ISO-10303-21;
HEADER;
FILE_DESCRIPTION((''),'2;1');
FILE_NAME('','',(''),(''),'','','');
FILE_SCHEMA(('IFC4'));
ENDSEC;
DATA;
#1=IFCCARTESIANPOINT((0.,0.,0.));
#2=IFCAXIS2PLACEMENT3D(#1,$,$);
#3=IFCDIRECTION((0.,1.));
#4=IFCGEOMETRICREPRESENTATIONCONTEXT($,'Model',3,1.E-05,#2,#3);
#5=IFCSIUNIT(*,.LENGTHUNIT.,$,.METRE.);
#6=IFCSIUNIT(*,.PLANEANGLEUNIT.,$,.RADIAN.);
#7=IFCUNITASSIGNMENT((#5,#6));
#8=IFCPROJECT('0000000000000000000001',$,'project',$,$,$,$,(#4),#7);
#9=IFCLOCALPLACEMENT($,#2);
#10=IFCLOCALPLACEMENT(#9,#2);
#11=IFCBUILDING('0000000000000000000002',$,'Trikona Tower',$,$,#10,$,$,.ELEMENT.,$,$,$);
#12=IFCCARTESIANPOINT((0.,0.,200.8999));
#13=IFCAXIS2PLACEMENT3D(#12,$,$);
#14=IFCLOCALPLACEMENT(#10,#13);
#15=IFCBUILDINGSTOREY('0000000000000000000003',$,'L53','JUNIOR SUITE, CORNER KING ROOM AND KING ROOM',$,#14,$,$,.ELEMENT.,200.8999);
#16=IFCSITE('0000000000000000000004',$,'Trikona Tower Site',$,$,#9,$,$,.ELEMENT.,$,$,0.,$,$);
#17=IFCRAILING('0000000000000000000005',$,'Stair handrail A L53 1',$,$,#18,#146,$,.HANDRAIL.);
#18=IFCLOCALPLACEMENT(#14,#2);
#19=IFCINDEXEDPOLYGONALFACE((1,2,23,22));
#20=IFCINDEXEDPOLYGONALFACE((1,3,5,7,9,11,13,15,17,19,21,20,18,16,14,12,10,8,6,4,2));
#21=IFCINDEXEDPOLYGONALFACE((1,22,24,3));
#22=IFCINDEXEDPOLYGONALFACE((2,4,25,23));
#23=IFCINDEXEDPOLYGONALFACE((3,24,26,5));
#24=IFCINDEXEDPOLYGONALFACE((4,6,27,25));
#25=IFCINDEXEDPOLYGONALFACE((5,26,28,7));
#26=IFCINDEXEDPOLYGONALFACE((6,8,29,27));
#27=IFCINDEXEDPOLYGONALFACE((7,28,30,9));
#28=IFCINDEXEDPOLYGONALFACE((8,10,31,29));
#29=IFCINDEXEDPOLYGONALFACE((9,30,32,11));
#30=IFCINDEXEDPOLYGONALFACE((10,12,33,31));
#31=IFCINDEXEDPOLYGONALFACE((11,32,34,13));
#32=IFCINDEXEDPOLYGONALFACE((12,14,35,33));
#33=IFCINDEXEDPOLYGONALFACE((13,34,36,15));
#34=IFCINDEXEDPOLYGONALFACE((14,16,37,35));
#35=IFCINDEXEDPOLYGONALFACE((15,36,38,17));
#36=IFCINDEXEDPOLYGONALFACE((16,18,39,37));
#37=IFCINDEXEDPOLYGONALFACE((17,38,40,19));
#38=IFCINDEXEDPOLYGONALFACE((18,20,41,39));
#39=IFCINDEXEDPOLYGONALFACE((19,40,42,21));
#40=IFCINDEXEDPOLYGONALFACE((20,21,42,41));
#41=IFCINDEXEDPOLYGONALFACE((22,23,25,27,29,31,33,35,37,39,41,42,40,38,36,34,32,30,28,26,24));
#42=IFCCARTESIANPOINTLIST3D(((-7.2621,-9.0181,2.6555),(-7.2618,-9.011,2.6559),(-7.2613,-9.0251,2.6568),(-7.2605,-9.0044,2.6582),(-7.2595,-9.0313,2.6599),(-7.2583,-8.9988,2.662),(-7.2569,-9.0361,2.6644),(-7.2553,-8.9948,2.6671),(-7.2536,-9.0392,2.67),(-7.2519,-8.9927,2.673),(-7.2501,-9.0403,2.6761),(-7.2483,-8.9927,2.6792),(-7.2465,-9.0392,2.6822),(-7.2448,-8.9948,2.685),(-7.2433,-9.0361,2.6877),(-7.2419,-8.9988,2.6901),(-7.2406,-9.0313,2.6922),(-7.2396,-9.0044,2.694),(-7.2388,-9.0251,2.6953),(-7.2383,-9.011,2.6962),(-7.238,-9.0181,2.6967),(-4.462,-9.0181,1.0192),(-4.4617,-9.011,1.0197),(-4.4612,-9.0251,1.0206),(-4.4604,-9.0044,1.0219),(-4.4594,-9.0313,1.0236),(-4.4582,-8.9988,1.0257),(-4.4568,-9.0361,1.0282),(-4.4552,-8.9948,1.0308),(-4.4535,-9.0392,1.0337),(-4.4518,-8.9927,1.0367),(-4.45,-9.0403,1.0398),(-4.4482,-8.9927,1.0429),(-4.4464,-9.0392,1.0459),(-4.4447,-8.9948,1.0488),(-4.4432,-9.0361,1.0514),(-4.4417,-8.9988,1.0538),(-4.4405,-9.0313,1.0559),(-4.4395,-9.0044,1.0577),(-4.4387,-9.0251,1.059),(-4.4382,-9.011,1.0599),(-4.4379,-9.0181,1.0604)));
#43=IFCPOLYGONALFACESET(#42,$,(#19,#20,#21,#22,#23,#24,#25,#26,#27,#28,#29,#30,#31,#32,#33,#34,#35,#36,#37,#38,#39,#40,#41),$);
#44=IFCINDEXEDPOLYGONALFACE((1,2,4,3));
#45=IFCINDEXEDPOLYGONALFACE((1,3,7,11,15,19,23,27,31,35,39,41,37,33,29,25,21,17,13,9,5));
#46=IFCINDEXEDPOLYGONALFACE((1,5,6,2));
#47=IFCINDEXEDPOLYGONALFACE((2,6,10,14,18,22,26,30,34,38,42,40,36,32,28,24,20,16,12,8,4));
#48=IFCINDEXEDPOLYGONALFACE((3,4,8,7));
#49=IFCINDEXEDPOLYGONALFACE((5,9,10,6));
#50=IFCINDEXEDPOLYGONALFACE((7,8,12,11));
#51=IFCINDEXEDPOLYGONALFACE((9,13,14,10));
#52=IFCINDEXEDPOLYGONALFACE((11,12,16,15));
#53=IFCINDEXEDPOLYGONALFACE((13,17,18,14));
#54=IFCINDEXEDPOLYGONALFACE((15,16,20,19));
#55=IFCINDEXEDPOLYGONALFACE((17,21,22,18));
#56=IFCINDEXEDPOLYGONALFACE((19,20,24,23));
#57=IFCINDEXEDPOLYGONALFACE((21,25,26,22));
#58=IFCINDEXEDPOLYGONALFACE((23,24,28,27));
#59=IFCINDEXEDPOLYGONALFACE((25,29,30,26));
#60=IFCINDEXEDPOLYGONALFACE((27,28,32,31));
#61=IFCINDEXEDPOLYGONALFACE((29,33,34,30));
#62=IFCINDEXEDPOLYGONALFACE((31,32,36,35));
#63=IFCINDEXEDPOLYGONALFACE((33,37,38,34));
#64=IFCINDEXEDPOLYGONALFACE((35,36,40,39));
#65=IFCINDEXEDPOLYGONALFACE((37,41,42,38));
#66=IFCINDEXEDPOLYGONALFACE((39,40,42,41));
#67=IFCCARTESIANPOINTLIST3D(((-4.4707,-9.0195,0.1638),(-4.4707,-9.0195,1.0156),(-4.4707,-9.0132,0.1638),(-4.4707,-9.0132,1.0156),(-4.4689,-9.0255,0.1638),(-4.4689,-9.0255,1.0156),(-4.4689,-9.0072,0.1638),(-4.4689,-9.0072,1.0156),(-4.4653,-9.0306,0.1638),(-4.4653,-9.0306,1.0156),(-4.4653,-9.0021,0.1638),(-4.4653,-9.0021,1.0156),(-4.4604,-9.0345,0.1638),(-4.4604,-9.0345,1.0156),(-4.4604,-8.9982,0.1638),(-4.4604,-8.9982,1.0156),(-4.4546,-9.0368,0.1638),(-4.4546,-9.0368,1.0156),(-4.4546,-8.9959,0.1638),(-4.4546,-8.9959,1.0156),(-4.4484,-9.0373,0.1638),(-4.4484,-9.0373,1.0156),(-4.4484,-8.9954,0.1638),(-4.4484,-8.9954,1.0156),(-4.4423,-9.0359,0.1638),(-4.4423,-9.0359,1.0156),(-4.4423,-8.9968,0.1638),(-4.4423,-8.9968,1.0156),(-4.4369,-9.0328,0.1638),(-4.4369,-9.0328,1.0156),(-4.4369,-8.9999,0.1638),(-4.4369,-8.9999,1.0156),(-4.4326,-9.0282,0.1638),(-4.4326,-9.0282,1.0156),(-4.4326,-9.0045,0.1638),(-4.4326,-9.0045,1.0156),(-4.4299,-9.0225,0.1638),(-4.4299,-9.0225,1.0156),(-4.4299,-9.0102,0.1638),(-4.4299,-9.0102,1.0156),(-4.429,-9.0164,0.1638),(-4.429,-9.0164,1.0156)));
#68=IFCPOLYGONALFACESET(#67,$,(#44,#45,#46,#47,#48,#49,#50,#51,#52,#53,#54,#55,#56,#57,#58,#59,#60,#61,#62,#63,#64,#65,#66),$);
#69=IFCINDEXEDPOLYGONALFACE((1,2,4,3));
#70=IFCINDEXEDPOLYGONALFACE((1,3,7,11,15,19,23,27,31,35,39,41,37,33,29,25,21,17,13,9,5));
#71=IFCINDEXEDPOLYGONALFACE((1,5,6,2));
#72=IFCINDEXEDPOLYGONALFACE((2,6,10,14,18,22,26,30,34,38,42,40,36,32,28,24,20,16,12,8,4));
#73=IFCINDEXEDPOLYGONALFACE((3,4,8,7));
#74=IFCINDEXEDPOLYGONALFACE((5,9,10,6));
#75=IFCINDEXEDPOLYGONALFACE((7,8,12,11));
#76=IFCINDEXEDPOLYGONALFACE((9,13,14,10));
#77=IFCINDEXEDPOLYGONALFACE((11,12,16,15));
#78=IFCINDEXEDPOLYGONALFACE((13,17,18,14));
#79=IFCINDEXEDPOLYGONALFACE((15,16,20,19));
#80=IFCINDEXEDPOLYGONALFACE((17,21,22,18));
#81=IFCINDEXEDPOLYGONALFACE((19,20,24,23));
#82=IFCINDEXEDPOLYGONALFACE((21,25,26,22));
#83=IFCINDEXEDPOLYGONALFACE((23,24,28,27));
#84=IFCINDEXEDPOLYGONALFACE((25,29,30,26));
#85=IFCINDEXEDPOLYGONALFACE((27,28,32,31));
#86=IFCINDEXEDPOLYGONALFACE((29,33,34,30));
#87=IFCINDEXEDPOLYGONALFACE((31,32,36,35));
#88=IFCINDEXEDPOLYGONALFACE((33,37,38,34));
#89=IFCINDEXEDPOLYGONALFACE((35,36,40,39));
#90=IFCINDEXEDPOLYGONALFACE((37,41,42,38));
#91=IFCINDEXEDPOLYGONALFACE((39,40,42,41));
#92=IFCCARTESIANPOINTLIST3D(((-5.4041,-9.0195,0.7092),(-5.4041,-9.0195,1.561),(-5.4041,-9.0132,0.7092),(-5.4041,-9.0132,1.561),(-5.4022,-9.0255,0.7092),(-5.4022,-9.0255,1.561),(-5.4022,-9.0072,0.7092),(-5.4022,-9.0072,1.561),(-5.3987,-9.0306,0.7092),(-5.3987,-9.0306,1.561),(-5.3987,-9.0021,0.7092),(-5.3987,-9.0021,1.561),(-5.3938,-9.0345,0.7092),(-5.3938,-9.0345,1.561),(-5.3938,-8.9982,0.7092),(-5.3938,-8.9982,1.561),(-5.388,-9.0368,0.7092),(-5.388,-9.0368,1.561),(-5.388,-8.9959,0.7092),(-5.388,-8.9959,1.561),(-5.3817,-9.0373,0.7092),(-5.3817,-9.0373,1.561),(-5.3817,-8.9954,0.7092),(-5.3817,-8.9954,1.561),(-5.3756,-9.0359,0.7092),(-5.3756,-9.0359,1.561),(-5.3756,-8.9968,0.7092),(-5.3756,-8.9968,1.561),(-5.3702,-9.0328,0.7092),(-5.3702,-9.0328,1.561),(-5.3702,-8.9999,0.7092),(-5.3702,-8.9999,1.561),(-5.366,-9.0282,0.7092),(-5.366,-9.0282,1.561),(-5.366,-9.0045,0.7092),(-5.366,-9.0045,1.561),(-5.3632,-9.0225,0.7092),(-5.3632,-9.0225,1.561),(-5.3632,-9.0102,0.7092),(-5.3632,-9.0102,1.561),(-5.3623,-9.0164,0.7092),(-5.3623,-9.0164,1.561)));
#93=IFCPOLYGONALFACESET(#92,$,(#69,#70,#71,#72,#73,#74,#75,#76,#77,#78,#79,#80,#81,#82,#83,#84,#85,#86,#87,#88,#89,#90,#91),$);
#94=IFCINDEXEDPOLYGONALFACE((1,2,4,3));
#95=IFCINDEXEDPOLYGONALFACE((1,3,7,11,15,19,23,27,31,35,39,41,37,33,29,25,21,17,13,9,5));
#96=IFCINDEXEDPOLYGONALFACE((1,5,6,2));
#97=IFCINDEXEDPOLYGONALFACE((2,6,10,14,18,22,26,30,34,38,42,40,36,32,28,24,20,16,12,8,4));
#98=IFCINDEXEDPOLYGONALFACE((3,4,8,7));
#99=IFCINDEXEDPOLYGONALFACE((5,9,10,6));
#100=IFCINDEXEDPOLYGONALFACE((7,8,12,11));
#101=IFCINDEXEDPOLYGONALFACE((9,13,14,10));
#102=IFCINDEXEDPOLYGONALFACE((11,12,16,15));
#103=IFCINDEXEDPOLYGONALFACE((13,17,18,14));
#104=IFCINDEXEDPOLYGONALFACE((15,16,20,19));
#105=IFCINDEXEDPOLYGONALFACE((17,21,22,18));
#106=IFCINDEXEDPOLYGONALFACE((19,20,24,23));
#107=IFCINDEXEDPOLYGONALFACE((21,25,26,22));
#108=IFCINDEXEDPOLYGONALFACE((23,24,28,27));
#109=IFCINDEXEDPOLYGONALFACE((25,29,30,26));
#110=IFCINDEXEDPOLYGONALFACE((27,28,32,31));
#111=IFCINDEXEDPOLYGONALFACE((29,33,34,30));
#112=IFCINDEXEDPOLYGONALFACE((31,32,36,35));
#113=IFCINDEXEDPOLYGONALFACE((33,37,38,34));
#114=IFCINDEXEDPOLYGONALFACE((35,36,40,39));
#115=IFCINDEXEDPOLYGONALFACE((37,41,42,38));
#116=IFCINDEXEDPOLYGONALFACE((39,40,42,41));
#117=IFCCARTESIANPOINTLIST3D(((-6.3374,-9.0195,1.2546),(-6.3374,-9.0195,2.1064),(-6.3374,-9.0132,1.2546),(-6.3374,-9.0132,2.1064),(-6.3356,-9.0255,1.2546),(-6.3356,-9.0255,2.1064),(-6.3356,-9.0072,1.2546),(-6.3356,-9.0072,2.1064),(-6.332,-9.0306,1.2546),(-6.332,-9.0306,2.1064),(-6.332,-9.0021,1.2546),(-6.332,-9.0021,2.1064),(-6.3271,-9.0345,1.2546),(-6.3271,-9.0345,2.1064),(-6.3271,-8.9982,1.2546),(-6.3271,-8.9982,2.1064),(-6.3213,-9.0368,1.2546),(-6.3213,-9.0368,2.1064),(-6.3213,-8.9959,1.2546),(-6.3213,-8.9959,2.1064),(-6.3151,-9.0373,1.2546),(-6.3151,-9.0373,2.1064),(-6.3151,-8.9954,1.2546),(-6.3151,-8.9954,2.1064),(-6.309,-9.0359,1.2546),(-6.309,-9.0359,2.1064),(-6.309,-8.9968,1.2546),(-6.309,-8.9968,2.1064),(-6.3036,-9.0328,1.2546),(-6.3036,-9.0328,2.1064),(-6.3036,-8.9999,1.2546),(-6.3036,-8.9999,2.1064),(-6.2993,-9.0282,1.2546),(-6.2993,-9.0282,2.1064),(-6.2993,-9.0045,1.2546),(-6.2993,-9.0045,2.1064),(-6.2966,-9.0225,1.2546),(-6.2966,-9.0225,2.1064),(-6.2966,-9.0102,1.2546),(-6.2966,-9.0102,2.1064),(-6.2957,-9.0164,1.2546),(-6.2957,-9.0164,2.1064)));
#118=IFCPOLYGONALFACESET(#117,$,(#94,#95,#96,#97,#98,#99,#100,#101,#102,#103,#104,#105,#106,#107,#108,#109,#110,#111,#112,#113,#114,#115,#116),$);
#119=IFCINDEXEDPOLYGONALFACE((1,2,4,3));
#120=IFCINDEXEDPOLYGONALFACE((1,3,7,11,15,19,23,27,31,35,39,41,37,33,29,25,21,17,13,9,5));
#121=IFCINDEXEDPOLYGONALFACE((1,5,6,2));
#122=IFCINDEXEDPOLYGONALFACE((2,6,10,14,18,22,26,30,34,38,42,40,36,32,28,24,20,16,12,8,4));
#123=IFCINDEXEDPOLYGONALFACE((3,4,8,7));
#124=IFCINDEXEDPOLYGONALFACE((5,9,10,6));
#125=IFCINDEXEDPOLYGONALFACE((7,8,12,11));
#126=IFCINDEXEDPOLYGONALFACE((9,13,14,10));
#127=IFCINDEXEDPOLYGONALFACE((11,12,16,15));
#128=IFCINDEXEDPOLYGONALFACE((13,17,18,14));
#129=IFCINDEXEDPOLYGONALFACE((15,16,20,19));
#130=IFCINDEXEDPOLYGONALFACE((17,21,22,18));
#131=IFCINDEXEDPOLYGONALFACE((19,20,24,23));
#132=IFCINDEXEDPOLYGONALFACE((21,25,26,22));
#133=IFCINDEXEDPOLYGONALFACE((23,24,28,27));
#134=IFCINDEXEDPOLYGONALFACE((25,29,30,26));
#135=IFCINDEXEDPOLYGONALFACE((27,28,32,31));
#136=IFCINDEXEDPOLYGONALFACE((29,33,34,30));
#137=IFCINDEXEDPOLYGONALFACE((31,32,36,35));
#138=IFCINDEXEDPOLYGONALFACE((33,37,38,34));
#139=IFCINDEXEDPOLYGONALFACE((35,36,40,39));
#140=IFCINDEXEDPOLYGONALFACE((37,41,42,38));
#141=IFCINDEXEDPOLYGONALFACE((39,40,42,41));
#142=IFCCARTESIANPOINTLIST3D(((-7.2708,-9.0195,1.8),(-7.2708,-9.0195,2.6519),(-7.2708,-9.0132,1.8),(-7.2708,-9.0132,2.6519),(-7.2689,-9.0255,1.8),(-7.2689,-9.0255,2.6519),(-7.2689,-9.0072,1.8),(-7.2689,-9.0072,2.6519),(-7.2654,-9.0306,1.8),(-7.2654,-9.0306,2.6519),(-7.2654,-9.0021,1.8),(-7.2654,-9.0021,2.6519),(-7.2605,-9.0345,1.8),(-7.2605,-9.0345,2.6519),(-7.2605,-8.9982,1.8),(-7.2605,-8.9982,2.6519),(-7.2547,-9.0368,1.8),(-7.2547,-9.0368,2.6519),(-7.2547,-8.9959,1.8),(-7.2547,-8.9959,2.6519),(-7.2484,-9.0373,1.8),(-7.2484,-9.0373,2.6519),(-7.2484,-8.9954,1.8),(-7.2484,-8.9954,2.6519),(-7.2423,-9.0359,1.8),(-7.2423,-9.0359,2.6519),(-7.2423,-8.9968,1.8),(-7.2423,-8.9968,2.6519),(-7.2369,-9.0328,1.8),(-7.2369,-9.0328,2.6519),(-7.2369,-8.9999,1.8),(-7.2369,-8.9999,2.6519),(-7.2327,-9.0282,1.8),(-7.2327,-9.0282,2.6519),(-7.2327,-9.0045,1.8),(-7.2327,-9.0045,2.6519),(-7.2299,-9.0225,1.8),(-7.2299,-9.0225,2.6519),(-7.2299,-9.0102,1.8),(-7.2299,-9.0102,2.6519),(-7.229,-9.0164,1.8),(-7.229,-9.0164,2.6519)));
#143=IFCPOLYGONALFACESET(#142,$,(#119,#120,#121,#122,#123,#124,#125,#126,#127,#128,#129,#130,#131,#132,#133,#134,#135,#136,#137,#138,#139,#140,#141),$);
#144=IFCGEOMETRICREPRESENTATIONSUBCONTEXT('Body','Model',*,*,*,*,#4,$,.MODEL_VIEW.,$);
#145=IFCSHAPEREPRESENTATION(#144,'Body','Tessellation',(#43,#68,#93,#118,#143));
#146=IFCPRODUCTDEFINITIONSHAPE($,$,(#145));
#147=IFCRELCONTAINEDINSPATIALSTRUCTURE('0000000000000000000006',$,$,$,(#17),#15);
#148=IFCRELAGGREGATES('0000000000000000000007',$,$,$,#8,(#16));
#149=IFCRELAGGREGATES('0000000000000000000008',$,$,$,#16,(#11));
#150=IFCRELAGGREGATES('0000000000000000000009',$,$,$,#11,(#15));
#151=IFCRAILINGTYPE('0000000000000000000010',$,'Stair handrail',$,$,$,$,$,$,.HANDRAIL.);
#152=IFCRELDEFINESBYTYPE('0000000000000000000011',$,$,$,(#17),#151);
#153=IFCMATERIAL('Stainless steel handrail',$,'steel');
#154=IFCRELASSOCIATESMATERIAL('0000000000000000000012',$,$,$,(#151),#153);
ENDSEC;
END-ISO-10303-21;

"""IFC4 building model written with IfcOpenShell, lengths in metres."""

from ifc_helpers import new_model, si_unit, direction, frame, origin, origin_2d, place, context, subcontext, project, spatial, circle, extrude, material, type_object, element, save


model = new_model("IFC4")

# Units and contexts
model_context = context("Model", 3, precision=1e-05, world=origin(), true_north=direction((0.0, 1.0)))
body_context = subcontext(model_context, "Body", "Model", "MODEL_VIEW")
ifc_project = project(units=[si_unit("LENGTHUNIT", "METRE"), si_unit("PLANEANGLEUNIT", "RADIAN")], contexts=[model_context])

# Site, building, storey
site_placement = place(None, origin())
site = spatial("IfcSite", under=ifc_project, at=site_placement, Name="Trikona Tower Site", CompositionType="ELEMENT", RefElevation=0.0)
building_placement = place(site_placement, origin())
building = spatial("IfcBuilding", under=site, at=building_placement, Name="Trikona Tower", CompositionType="ELEMENT")
storey_placement = place(building_placement, frame((0.0, 0.0, 200.8999)))
storey = spatial("IfcBuildingStorey", under=building, at=storey_placement, Name="L53", Description="JUNIOR SUITE, CORNER KING ROOM AND KING ROOM", CompositionType="ELEMENT", Elevation=200.8999)

# Railing
ifc_material_1 = material(Name="Stainless steel handrail", Category="steel")
railing_type = type_object("IfcRailingType", Name="Stair handrail", PredefinedType="HANDRAIL", material=ifc_material_1)
railing_placement = place(storey_placement, frame((-4.45, -9.0164, 0.1638)))
element("IfcRailing", 1, at=railing_placement, inside=storey, type_object=railing_type, Name="Stair handrail A L53 1", PredefinedType="HANDRAIL", context=body_context, shape_type="SweptSolid", body=[
    extrude(circle(Radius=0.0239, at=origin_2d()), frame((0.0, 0.0, 0.876), z_axis=(-0.863394, 0.0, 0.504531), x_axis=(0.0, -1.0, 0.0)), (0.0, 0.0, 1.0), 3.2432),
    extrude(circle(Radius=0.021, at=origin_2d()), origin(), (0.0, 0.0, 1.0), 0.8518),
    extrude(circle(Radius=0.021, at=origin_2d()), frame((-0.9333, 0.0, 0.5454)), (0.0, 0.0, 1.0), 0.8518),
    extrude(circle(Radius=0.021, at=origin_2d()), frame((-1.8667, 0.0, 1.0908)), (0.0, 0.0, 1.0), 0.8518),
    extrude(circle(Radius=0.021, at=origin_2d()), frame((-2.8, 0.0, 1.6362)), (0.0, 0.0, 1.0), 0.8518),
])

save(model, "model.ifc")
